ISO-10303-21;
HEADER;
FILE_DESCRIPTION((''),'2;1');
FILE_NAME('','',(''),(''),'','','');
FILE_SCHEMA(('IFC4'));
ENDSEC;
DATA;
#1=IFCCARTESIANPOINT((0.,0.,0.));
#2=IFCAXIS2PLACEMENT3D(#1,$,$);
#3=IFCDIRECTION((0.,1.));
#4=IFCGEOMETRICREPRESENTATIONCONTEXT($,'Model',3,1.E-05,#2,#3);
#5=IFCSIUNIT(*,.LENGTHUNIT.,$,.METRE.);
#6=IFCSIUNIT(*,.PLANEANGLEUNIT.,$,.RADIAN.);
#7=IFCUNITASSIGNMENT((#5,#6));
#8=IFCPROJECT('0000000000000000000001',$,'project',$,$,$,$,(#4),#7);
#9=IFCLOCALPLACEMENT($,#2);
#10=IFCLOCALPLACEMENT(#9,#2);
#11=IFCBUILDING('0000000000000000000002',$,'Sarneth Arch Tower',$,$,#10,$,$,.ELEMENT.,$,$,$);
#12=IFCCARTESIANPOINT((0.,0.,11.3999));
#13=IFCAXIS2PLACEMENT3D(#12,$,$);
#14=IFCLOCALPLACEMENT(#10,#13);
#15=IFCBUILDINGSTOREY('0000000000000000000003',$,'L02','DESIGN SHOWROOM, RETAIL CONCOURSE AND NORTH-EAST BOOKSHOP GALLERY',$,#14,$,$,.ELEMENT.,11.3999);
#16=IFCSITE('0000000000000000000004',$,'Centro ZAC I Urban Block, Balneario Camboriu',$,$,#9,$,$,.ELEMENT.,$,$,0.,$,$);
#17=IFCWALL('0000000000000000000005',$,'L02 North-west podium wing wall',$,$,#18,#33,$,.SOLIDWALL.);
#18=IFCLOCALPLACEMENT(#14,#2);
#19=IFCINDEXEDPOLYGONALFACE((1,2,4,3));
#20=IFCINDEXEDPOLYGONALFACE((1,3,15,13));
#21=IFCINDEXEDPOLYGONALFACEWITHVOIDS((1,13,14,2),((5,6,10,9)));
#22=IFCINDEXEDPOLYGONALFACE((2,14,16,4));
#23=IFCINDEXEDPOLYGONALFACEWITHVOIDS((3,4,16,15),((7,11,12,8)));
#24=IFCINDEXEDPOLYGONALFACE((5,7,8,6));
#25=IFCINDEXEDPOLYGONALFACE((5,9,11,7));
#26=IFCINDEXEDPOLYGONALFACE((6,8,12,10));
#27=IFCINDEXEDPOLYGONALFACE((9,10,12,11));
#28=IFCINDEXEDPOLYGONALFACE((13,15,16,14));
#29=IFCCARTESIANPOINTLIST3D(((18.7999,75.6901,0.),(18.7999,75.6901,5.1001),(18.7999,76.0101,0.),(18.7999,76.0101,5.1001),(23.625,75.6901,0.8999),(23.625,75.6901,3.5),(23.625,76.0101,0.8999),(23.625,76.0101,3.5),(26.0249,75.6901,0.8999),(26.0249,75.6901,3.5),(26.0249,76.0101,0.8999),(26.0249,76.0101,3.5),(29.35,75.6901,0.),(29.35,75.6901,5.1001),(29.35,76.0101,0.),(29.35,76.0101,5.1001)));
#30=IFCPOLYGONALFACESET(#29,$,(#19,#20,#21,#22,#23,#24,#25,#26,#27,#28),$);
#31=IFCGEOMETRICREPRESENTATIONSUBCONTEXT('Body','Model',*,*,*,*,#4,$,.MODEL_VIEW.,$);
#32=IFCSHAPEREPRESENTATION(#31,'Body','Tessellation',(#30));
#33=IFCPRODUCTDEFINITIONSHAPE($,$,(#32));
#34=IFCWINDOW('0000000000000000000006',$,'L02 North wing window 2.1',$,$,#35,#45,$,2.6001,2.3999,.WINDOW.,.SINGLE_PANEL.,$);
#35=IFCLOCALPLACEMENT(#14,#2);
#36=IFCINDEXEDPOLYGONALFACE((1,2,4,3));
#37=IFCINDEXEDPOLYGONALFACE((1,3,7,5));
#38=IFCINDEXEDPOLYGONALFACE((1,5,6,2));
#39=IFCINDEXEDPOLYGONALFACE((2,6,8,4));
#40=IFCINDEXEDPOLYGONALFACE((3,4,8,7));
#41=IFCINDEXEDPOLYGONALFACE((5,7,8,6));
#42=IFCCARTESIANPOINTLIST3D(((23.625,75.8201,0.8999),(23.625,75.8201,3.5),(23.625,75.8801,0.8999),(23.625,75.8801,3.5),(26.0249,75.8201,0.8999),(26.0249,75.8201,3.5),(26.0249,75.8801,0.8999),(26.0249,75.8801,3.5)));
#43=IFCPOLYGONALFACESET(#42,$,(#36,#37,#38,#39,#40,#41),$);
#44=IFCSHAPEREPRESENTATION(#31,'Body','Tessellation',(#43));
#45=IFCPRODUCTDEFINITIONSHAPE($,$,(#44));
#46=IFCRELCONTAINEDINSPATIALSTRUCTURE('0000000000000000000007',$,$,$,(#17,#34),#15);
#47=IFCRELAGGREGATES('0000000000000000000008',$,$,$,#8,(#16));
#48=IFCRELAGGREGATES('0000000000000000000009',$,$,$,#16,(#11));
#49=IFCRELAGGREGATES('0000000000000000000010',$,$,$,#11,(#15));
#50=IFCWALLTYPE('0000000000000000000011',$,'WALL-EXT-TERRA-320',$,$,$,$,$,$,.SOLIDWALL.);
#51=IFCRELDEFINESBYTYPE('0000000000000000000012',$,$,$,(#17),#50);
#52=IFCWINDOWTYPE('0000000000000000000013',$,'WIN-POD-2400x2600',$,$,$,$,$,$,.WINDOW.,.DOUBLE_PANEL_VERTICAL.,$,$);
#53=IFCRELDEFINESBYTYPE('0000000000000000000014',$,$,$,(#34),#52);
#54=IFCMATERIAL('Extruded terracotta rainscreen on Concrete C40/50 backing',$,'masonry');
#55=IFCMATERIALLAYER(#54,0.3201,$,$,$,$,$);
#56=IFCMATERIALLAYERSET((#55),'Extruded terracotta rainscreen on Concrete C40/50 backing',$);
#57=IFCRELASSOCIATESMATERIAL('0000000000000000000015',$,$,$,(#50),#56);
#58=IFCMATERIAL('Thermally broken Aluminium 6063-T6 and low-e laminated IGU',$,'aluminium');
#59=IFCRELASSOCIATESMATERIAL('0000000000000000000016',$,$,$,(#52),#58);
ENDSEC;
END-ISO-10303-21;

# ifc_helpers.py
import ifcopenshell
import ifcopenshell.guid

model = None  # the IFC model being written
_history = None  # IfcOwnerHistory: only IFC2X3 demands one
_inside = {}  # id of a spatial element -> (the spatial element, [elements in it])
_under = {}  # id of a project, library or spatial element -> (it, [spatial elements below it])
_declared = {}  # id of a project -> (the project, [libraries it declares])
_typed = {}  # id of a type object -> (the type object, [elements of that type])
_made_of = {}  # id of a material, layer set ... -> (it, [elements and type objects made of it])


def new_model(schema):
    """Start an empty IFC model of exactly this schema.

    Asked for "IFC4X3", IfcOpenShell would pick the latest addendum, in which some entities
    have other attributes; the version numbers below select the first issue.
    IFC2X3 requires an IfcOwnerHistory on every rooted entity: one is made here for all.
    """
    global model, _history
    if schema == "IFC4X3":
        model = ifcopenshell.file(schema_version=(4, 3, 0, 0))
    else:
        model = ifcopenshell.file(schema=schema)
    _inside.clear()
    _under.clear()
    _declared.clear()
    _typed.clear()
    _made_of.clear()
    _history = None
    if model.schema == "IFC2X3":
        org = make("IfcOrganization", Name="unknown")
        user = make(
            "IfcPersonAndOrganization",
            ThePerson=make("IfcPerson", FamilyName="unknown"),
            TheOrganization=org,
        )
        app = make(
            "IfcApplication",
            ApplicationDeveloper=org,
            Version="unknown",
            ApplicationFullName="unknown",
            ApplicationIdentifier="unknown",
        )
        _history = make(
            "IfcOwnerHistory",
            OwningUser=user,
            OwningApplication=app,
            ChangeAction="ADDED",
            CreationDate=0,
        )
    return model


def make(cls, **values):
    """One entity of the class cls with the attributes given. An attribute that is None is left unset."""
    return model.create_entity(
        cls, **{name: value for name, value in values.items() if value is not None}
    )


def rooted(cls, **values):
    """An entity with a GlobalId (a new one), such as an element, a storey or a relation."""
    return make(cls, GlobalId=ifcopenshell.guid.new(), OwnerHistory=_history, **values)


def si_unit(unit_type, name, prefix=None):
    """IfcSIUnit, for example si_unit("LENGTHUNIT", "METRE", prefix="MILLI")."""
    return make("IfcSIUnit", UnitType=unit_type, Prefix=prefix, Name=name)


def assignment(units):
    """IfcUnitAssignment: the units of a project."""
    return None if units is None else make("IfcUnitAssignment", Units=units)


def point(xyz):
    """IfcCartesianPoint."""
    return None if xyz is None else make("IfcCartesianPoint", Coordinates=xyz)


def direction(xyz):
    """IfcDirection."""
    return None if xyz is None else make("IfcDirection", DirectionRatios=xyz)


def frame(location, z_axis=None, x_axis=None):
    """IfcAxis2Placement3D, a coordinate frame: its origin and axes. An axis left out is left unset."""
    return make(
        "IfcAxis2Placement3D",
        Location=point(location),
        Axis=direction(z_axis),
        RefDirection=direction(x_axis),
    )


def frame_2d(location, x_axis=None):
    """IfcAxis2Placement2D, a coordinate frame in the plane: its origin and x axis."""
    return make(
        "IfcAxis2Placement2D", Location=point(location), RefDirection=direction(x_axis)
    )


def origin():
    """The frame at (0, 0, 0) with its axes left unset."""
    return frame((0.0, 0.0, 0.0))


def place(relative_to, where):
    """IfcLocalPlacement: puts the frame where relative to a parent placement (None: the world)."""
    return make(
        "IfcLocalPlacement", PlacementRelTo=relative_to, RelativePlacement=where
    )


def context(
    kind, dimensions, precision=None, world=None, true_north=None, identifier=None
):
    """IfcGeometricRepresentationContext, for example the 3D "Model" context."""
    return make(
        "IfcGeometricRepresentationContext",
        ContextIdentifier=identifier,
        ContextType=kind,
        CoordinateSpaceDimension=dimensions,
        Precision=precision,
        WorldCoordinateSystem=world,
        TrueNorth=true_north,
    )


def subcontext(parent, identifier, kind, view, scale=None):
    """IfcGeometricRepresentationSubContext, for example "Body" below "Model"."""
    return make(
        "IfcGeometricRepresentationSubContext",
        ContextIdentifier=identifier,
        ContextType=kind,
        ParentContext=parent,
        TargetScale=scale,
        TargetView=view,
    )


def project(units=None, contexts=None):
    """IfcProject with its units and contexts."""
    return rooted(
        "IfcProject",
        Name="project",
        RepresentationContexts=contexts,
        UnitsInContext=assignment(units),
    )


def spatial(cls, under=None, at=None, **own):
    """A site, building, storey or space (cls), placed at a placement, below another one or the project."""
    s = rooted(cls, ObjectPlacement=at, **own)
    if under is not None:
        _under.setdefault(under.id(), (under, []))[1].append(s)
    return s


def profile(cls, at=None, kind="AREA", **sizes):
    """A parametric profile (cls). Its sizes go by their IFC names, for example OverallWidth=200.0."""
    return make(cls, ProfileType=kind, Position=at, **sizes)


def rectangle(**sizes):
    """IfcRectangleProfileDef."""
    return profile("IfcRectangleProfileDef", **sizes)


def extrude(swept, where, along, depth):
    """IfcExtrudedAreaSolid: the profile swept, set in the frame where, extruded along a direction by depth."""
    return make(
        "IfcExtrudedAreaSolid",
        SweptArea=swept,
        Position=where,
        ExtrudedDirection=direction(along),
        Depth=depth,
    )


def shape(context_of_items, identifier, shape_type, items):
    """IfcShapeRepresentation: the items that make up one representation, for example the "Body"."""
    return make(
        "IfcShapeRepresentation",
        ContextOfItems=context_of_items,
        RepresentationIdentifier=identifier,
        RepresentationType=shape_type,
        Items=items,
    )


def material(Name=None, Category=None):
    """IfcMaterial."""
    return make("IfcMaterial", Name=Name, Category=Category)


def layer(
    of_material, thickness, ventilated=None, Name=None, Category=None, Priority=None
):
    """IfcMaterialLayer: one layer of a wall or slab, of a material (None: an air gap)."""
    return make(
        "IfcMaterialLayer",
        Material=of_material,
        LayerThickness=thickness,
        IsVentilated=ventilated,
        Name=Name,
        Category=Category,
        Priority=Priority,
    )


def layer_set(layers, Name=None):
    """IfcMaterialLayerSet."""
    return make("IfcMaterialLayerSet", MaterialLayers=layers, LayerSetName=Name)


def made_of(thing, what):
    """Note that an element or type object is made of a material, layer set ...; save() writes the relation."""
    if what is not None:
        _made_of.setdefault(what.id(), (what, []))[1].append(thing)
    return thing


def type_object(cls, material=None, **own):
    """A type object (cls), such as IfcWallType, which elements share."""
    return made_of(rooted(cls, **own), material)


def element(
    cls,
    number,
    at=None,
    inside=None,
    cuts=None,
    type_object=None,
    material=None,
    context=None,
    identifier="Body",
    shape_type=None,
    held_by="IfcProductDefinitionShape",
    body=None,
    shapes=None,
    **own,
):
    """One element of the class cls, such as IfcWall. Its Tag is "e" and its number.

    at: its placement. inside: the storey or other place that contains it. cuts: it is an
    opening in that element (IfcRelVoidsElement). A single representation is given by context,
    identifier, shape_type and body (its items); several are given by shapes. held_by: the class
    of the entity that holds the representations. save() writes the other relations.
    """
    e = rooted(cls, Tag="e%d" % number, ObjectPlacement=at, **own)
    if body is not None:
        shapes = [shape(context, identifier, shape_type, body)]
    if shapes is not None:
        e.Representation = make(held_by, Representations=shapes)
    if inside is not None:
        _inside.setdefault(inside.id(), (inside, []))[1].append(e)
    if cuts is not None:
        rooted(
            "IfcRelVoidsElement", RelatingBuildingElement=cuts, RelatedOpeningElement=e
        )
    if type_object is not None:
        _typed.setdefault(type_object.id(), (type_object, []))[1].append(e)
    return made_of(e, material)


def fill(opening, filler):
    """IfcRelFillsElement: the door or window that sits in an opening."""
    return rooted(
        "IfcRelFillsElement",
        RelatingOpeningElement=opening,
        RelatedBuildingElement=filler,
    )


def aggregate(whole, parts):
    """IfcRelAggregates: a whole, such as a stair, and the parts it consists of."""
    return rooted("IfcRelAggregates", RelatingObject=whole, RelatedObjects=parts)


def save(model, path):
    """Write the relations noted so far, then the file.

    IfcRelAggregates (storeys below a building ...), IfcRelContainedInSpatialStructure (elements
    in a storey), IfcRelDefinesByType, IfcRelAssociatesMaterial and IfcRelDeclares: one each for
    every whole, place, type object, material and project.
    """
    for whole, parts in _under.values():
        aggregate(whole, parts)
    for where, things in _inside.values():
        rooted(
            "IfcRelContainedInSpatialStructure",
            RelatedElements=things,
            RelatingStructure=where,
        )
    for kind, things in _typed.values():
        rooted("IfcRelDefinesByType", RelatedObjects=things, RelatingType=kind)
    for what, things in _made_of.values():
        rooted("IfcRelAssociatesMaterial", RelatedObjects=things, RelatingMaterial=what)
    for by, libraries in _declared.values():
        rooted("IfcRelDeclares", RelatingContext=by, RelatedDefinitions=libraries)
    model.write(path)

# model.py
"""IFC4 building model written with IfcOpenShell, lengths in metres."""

from ifc_helpers import new_model, si_unit, direction, frame, frame_2d, origin, place, context, subcontext, project, spatial, rectangle, extrude, material, layer, layer_set, type_object, element, fill, save


model = new_model("IFC4")

# Units and contexts
model_context = context("Model", 3, precision=1e-05, world=origin(), true_north=direction((0.0, 1.0)))
body_context = subcontext(model_context, "Body", "Model", "MODEL_VIEW")
ifc_project = project(units=[si_unit("LENGTHUNIT", "METRE"), si_unit("PLANEANGLEUNIT", "RADIAN")], contexts=[model_context])

# Site, building, storey
site_placement = place(None, origin())
site = spatial("IfcSite", under=ifc_project, at=site_placement, Name="Centro ZAC I Urban Block, Balneario Camboriu", CompositionType="ELEMENT", RefElevation=0.0)
building_placement = place(site_placement, origin())
building = spatial("IfcBuilding", under=site, at=building_placement, Name="Sarneth Arch Tower", CompositionType="ELEMENT")
storey_placement = place(building_placement, frame((0.0, 0.0, 11.3999)))
storey = spatial("IfcBuildingStorey", under=building, at=storey_placement, Name="L02", Description="DESIGN SHOWROOM, RETAIL CONCOURSE AND NORTH-EAST BOOKSHOP GALLERY", CompositionType="ELEMENT", Elevation=11.3999)

# Wall, opening, window
ifc_material_1 = material(Name="Extruded terracotta rainscreen on Concrete C40/50 backing", Category="masonry")
ifc_layer_1 = layer(ifc_material_1, 0.3201)
ifc_layer_set_1 = layer_set([ifc_layer_1], Name="Extruded terracotta rainscreen on Concrete C40/50 backing")
wall_type_1 = type_object("IfcWallType", Name="WALL-EXT-TERRA-320", PredefinedType="SOLIDWALL", material=ifc_layer_set_1)
wall_1_placement = place(storey_placement, frame((18.8, 75.8501, 0.0), z_axis=(0.0, 0.0, 1.0), x_axis=(1.0, 0.0, 0.0)))
wall_1 = element("IfcWall", 1, at=wall_1_placement, inside=storey, type_object=wall_type_1, Name="L02 North-west podium wing wall", PredefinedType="SOLIDWALL", context=body_context, shape_type="SweptSolid", body=[
    extrude(rectangle(XDim=10.55, YDim=0.3201, at=frame_2d((5.2749, 0.0))), origin(), (0.0, 0.0, 1.0), 5.1001),
])
opening_placement = place(wall_1_placement, frame((4.825, 0.0, 0.8999)))
opening = element("IfcOpeningElement", 2, at=opening_placement, cuts=wall_1, PredefinedType="OPENING", context=body_context, shape_type="SweptSolid", body=[
    extrude(rectangle(XDim=2.3999, YDim=2.6001, at=frame_2d((1.2, 1.3))), frame((0.0, 0.1699, 0.0), z_axis=(0.0, -1.0, 0.0), x_axis=(1.0, 0.0, 0.0)), (0.0, 0.0, 1.0), 0.3401),
])
ifc_material_2 = material(Name="Thermally broken Aluminium 6063-T6 and low-e laminated IGU", Category="aluminium")
window_type = type_object("IfcWindowType", Name="WIN-POD-2400x2600", PartitioningType="DOUBLE_PANEL_VERTICAL", PredefinedType="WINDOW", material=ifc_material_2)
window_placement = place(opening_placement, origin())
window = element("IfcWindow", 3, at=window_placement, inside=storey, type_object=window_type, Name="L02 North wing window 2.1", OverallHeight=2.6001, OverallWidth=2.3999, PartitioningType="SINGLE_PANEL", PredefinedType="WINDOW", context=body_context, shape_type="SweptSolid", body=[
    extrude(rectangle(XDim=2.3999, YDim=2.6001, at=frame_2d((1.2, 1.3))), frame((0.0, 0.03, 0.0), z_axis=(0.0, -1.0, 0.0), x_axis=(1.0, 0.0, 0.0)), (0.0, 0.0, 1.0), 0.0601),
])
fill(opening, window)

save(model, "model.ifc")
